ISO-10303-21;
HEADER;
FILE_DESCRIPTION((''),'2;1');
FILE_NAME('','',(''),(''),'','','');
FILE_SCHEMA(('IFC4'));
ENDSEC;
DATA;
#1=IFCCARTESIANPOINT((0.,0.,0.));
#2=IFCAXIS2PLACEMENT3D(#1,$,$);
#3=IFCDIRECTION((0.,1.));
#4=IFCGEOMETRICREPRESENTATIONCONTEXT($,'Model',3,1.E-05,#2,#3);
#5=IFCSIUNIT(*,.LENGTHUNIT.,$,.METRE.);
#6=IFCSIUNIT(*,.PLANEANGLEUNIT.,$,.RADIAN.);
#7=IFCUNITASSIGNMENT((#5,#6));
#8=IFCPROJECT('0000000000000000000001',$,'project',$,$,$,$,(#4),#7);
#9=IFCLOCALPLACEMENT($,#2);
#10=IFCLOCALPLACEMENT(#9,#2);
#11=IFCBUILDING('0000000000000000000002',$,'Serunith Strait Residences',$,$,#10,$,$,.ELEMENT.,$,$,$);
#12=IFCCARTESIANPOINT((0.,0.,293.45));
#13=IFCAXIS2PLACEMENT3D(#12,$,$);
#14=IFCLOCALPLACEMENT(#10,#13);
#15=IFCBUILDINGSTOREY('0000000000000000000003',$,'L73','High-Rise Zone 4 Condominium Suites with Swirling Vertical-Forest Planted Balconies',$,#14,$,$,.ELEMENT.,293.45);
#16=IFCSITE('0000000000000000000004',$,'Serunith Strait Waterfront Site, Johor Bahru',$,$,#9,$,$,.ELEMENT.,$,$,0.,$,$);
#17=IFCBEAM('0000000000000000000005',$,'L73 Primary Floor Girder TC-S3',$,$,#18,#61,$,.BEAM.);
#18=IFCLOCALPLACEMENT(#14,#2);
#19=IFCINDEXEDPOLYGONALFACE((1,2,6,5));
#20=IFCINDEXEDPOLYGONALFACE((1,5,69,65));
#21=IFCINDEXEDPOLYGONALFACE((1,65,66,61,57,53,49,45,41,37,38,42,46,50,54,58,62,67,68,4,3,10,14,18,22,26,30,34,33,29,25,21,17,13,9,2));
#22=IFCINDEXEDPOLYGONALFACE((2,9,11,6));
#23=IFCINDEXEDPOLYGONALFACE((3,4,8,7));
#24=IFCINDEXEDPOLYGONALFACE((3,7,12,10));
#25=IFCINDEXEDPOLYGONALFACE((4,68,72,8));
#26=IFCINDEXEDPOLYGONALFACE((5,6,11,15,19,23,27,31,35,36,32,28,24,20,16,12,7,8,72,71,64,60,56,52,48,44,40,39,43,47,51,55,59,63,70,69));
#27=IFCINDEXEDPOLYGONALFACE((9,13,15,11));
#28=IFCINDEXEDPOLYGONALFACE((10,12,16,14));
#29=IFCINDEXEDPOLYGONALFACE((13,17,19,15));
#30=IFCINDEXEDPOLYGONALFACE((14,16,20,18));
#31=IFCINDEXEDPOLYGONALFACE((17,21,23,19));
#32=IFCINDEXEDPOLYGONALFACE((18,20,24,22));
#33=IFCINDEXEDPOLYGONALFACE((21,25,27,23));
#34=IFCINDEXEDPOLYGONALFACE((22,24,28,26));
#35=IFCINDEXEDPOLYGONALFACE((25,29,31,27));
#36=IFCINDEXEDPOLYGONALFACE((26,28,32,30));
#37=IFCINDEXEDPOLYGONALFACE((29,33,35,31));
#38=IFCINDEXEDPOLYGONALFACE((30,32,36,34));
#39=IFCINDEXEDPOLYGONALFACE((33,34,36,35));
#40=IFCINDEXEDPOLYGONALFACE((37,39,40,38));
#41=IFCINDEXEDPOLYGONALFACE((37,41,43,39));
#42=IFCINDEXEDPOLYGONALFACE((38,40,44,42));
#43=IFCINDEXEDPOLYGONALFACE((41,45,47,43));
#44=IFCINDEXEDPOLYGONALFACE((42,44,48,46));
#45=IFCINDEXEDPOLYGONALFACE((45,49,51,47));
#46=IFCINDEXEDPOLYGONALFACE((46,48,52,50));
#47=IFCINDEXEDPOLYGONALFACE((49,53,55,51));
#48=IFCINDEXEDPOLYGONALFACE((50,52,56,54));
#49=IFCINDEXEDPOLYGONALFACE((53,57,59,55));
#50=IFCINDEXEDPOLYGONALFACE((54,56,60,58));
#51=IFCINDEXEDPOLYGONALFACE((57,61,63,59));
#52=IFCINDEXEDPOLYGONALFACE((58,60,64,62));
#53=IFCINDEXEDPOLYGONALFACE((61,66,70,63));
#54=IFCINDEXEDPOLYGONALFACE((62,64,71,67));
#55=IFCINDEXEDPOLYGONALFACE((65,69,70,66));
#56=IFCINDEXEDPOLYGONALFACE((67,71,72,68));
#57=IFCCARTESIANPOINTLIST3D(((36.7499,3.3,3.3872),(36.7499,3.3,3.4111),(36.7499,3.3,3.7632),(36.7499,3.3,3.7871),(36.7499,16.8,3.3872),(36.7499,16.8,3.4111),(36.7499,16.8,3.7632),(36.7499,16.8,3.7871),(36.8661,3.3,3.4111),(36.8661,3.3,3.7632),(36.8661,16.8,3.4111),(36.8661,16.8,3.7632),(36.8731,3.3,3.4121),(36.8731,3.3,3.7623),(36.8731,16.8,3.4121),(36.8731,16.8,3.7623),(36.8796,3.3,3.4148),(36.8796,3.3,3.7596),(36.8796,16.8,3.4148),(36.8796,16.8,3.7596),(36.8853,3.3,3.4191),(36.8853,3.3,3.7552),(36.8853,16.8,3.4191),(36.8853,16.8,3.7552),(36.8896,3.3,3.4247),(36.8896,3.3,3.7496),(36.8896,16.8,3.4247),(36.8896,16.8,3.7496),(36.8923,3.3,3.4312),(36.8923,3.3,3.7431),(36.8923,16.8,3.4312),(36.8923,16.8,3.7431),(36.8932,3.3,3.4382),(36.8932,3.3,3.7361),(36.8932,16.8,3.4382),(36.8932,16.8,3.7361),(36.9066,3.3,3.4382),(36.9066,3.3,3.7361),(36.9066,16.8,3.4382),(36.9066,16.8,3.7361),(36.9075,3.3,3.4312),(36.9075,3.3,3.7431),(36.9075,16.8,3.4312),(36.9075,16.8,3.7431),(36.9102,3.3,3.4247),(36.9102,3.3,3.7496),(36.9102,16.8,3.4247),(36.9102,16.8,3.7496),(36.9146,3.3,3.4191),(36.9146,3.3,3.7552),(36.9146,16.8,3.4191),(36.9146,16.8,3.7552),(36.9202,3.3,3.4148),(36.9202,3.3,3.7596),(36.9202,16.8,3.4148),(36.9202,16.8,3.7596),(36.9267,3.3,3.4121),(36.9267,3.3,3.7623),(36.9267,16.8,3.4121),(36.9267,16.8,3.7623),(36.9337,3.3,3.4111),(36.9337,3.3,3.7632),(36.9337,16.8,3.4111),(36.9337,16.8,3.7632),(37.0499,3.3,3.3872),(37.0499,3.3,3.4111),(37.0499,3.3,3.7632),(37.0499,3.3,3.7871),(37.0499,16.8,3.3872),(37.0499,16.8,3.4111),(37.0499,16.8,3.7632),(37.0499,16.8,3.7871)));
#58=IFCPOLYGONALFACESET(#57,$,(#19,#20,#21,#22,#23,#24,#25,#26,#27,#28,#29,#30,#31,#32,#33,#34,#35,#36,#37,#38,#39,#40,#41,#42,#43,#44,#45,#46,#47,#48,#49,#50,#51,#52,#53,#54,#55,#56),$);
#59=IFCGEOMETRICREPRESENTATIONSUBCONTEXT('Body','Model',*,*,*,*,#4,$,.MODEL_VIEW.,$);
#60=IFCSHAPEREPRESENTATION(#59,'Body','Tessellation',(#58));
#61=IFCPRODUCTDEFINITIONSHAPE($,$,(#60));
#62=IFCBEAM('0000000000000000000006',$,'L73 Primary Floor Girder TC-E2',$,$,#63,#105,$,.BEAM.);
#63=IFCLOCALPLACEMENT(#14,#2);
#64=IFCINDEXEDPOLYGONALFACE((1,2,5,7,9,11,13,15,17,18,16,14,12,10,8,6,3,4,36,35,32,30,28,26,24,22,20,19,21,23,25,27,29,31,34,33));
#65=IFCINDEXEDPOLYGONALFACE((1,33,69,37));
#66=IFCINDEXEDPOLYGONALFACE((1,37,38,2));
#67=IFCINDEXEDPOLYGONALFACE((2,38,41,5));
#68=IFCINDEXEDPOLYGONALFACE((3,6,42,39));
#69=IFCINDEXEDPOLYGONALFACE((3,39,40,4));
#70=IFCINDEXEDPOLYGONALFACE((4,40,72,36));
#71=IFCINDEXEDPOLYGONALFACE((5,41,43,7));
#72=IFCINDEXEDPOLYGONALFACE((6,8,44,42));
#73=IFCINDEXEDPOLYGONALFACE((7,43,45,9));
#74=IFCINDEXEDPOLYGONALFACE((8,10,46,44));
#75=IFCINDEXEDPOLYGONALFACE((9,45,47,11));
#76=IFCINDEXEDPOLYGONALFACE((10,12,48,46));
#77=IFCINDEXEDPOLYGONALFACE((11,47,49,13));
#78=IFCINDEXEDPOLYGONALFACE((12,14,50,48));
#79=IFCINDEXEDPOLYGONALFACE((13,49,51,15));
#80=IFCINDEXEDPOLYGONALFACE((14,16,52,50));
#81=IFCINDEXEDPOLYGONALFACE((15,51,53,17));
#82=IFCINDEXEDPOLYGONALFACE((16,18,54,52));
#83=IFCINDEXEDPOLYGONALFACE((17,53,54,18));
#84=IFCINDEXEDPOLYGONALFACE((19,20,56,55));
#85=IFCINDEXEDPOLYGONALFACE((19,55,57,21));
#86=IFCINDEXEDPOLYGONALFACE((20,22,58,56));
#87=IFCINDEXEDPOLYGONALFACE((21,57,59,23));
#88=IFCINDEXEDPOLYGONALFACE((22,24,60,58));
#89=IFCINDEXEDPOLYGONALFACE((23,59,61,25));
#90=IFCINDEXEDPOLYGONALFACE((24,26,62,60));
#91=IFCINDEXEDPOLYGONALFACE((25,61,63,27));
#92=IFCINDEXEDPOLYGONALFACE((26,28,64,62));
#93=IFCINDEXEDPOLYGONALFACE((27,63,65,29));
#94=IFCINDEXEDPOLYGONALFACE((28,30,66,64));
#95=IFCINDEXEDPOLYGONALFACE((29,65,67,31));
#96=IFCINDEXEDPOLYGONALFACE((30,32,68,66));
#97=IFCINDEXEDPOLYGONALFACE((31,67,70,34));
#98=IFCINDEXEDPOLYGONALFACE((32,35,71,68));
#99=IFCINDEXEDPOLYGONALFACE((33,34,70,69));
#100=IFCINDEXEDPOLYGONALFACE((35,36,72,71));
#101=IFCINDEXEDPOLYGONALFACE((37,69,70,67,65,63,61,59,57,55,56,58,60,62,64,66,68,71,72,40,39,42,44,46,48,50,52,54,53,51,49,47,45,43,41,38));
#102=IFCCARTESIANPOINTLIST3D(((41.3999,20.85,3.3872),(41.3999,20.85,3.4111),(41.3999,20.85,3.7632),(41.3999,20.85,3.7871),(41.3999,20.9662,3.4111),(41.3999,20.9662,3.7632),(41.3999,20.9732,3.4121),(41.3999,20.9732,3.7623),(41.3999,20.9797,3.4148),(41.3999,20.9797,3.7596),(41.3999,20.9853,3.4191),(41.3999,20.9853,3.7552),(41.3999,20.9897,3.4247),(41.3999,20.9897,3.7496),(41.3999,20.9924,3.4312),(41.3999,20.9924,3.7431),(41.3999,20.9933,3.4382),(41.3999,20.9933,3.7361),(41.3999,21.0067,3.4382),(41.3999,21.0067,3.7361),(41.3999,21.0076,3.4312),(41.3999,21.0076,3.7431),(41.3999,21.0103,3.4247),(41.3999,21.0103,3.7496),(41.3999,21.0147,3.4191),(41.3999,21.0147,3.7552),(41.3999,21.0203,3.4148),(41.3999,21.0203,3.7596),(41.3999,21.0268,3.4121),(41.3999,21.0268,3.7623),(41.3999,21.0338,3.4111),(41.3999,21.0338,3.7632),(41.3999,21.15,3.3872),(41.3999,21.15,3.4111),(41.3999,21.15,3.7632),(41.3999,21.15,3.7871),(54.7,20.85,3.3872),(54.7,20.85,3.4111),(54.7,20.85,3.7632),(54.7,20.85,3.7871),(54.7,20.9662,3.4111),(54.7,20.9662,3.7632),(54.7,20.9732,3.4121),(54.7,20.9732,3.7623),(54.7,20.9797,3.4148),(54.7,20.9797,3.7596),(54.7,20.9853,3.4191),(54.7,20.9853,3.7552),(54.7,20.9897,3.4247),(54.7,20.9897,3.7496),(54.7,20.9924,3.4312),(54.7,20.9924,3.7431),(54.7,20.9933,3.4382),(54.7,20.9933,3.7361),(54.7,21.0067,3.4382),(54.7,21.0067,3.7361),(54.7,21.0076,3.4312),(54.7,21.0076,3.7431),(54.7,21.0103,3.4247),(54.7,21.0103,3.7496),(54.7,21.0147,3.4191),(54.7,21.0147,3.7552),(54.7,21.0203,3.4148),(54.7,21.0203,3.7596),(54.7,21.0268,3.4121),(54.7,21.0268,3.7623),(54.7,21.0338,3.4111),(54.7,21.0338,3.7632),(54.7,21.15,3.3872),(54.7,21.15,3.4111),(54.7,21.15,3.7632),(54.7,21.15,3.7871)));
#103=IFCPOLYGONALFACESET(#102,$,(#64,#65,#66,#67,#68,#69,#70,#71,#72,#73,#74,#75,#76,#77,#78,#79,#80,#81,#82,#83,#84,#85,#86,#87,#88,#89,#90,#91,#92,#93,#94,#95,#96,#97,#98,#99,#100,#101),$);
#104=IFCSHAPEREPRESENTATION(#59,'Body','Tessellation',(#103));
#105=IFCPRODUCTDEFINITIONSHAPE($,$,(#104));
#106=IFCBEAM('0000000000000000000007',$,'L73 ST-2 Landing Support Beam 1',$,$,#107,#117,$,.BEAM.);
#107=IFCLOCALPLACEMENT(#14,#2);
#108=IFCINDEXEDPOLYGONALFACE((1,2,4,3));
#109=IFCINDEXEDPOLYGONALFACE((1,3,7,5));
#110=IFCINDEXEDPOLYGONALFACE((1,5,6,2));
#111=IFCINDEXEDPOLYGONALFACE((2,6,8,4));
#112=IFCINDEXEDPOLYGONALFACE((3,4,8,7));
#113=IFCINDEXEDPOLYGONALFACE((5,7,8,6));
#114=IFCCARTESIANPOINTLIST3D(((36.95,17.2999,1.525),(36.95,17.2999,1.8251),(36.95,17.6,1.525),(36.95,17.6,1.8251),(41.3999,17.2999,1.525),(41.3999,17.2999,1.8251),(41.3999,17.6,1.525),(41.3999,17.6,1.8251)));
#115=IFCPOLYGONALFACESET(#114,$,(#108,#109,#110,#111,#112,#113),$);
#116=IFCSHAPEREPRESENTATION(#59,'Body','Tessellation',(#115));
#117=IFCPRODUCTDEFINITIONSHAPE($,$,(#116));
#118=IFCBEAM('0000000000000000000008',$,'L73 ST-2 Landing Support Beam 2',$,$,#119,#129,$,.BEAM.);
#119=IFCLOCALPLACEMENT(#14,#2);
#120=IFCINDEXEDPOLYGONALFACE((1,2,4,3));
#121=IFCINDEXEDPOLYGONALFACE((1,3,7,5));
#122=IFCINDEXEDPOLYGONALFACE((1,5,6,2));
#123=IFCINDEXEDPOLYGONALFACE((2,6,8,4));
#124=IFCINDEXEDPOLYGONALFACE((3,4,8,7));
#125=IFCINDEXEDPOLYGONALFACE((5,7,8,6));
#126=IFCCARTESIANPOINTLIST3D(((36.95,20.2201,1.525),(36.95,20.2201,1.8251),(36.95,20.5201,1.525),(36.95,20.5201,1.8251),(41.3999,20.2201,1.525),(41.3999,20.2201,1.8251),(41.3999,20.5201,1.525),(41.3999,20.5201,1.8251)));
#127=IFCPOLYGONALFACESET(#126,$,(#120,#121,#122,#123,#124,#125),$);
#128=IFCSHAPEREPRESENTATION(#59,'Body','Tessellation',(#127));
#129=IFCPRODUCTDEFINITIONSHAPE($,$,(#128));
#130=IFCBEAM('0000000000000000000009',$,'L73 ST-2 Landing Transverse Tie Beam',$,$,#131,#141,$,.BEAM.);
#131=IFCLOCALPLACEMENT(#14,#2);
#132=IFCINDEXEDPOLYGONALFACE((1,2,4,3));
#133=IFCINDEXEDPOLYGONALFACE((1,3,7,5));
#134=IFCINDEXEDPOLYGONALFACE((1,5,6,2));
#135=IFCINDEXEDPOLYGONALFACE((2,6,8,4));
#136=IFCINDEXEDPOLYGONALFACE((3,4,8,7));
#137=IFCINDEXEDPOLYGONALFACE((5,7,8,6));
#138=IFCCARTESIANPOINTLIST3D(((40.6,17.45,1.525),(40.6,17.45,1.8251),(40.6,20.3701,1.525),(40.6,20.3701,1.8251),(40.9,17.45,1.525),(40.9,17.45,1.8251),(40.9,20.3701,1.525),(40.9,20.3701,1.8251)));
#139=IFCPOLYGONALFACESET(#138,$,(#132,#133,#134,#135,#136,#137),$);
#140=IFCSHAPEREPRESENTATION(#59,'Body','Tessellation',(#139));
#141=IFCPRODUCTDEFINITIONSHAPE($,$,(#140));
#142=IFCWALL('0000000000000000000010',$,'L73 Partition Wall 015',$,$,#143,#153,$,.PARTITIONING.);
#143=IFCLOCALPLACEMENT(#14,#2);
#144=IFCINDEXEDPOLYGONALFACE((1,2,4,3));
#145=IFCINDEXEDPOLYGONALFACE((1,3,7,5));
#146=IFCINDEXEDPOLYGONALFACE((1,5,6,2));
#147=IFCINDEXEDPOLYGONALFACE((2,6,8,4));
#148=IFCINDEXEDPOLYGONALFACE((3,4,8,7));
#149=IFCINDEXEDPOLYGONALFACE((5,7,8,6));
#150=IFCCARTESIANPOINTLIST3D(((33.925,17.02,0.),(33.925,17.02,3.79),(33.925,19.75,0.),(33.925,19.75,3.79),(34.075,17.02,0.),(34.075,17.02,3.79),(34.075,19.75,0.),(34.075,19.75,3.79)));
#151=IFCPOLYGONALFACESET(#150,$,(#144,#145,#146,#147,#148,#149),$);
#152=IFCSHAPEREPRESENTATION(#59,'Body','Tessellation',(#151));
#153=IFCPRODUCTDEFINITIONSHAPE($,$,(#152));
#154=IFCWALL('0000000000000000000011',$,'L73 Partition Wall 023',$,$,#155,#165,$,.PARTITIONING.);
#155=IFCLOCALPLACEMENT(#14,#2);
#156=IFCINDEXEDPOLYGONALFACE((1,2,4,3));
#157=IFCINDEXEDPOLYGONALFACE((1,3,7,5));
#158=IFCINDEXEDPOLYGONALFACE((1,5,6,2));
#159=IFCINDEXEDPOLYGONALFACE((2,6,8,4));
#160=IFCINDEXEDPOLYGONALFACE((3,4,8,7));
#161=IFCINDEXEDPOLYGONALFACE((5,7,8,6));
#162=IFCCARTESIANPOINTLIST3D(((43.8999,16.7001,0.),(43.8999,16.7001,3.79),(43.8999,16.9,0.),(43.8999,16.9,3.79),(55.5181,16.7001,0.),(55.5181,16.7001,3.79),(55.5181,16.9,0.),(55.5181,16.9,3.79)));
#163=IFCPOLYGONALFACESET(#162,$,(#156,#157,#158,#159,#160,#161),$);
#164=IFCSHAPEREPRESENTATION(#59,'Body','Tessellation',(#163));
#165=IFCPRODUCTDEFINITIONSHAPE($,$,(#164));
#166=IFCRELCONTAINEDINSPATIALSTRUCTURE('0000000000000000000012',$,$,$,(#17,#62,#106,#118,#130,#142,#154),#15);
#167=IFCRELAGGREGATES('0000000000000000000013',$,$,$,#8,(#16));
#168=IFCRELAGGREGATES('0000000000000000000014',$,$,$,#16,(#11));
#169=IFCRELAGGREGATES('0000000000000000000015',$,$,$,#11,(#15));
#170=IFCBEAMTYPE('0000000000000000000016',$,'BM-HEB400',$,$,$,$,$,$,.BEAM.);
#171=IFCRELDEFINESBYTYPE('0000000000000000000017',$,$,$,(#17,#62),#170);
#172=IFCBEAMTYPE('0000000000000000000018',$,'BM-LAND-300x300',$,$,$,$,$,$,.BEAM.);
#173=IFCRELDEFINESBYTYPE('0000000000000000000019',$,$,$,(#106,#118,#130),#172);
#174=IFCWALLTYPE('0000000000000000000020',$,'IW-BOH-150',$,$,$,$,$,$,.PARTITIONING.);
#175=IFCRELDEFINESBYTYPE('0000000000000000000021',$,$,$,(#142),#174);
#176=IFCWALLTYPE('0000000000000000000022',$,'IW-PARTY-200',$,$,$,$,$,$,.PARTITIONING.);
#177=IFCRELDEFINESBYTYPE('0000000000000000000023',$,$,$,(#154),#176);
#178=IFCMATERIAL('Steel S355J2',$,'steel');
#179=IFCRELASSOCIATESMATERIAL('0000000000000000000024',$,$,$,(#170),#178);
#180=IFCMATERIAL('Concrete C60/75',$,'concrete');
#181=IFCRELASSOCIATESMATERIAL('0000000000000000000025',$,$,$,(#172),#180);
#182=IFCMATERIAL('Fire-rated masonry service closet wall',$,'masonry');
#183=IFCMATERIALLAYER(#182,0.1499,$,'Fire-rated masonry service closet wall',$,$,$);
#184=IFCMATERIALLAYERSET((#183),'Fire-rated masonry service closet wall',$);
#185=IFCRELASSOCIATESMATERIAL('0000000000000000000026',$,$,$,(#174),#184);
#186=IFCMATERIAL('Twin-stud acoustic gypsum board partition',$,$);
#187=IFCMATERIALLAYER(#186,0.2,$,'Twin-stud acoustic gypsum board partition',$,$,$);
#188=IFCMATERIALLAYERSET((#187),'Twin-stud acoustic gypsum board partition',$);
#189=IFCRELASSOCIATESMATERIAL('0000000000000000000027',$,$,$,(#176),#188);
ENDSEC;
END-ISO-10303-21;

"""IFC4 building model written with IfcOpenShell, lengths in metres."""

from ifc_helpers import new_model, si_unit, direction, frame, frame_2d, origin, origin_2d, place, context, subcontext, project, spatial, rectangle, i_section, extrude, source, transform, mapped, material, layer, layer_set, material_profile, profile_set, type_object, element, save


model = new_model("IFC4")

# Units and contexts
model_context = context("Model", 3, precision=1e-05, world=origin(), true_north=direction((0.0, 1.0)))
body_context = subcontext(model_context, "Body", "Model", "MODEL_VIEW")
ifc_project = project(units=[si_unit("LENGTHUNIT", "METRE"), si_unit("PLANEANGLEUNIT", "RADIAN")], contexts=[model_context])

# Site, building, storey
site_placement = place(None, origin())
site = spatial("IfcSite", under=ifc_project, at=site_placement, Name="Serunith Strait Waterfront Site, Johor Bahru", CompositionType="ELEMENT", RefElevation=0.0)
building_placement = place(site_placement, origin())
building = spatial("IfcBuilding", under=site, at=building_placement, Name="Serunith Strait Residences", CompositionType="ELEMENT")
storey_placement = place(building_placement, frame((0.0, 0.0, 293.45)))
storey = spatial("IfcBuildingStorey", under=building, at=storey_placement, Name="L73", Description="High-Rise Zone 4 Condominium Suites with Swirling Vertical-Forest Planted Balconies", CompositionType="ELEMENT", Elevation=293.45)

# Beams
ifc_material_1 = material(Name="Steel S355J2", Category="steel")
ifc_material_profile_1 = material_profile(ifc_material_1, i_section(OverallWidth=0.3, OverallDepth=0.3999, WebThickness=0.0134, FlangeThickness=0.0239, FilletRadius=0.0271, at=origin_2d()), Name="HEB 400")
ifc_profile_set_1 = profile_set([ifc_material_profile_1], Name="Steel S355J2")
beam_type_1 = type_object("IfcBeamType", Name="BM-HEB400", PredefinedType="BEAM", material=ifc_profile_set_1)
shared_shape_1 = source(origin(), body_context, "Body", "SweptSolid", [
    extrude(i_section(OverallWidth=0.3, OverallDepth=0.3999, WebThickness=0.0134, FlangeThickness=0.0239, FilletRadius=0.0271, at=origin_2d()), origin(), (0.0, 0.0, 1.0), 13.5),
])
beam_1_placement = place(storey_placement, frame((36.8999, 16.8, 3.5872), z_axis=(0.0, -1.0, 0.0), x_axis=(1.0, 0.0, 0.0)))
element("IfcBeam", 1, at=beam_1_placement, inside=storey, type_object=beam_type_1, Name="L73 Primary Floor Girder TC-S3", PredefinedType="BEAM", context=body_context, shape_type="MappedRepresentation", body=[
    mapped(shared_shape_1, transform((0.0, 0.0, 0.0), scale=1.0)),
])
shared_shape_2 = source(origin(), body_context, "Body", "SweptSolid", [
    extrude(i_section(OverallWidth=0.3, OverallDepth=0.3999, WebThickness=0.0134, FlangeThickness=0.0239, FilletRadius=0.0271, at=origin_2d()), origin(), (0.0, 0.0, 1.0), 13.3),
])
beam_2_placement = place(storey_placement, frame((41.3999, 21.0, 3.5872), z_axis=(1.0, 0.0, 0.0), x_axis=(0.0, 1.0, 0.0)))
element("IfcBeam", 2, at=beam_2_placement, inside=storey, type_object=beam_type_1, Name="L73 Primary Floor Girder TC-E2", PredefinedType="BEAM", context=body_context, shape_type="MappedRepresentation", body=[
    mapped(shared_shape_2, transform((0.0, 0.0, 0.0), scale=1.0)),
])
ifc_material_2 = material(Name="Concrete C60/75", Category="concrete")
ifc_material_profile_2 = material_profile(ifc_material_2, rectangle(XDim=0.3, YDim=0.3, at=origin_2d()), Name="RC 300x300")
ifc_profile_set_2 = profile_set([ifc_material_profile_2], Name="Concrete C60/75")
beam_type_2 = type_object("IfcBeamType", Name="BM-LAND-300x300", PredefinedType="BEAM", material=ifc_profile_set_2)
shared_shape_3 = source(origin(), body_context, "Body", "SweptSolid", [
    extrude(rectangle(XDim=0.3, YDim=0.3, at=origin_2d()), origin(), (0.0, 0.0, 1.0), 4.45),
])
for number, where, z_axis, x_axis, name in (
    (3, (36.95, 17.45, 1.675), (1.0, 0.0, 0.0), (0.0, 1.0, 0.0), "L73 ST-2 Landing Support Beam 1"),
    (4, (36.95, 20.3701, 1.675), (1.0, 0.0, 0.0), (0.0, 1.0, 0.0), "L73 ST-2 Landing Support Beam 2"),
):
    element("IfcBeam", number, at=place(storey_placement, frame(where, z_axis=z_axis, x_axis=x_axis)), inside=storey, type_object=beam_type_2, Name=name, PredefinedType="BEAM", context=body_context, shape_type="MappedRepresentation", body=[
        mapped(shared_shape_3, transform((0.0, 0.0, 0.0), scale=1.0)),
    ])
shared_shape_4 = source(origin(), body_context, "Body", "SweptSolid", [
    extrude(rectangle(XDim=0.3, YDim=0.3, at=origin_2d()), origin(), (0.0, 0.0, 1.0), 2.9202),
])
beam_3_placement = place(storey_placement, frame((40.75, 17.45, 1.675), z_axis=(0.0, 1.0, 0.0), x_axis=(-1.0, 0.0, 0.0)))
element("IfcBeam", 5, at=beam_3_placement, inside=storey, type_object=beam_type_2, Name="L73 ST-2 Landing Transverse Tie Beam", PredefinedType="BEAM", context=body_context, shape_type="MappedRepresentation", body=[
    mapped(shared_shape_4, transform((0.0, 0.0, 0.0), scale=1.0)),
])

# Wall
ifc_material_3 = material(Name="Fire-rated masonry service closet wall", Category="masonry")
ifc_layer_1 = layer(ifc_material_3, 0.1499, Name="Fire-rated masonry service closet wall")
ifc_layer_set_1 = layer_set([ifc_layer_1], Name="Fire-rated masonry service closet wall")
wall_type_1 = type_object("IfcWallType", Name="IW-BOH-150", PredefinedType="PARTITIONING", material=ifc_layer_set_1)
wall_1_placement = place(storey_placement, frame((34.0, 17.02, 0.0), z_axis=(0.0, 0.0, 1.0), x_axis=(0.0, 1.0, 0.0)))
element("IfcWall", 6, at=wall_1_placement, inside=storey, type_object=wall_type_1, Name="L73 Partition Wall 015", PredefinedType="PARTITIONING", context=body_context, shape_type="SweptSolid", body=[
    extrude(rectangle(XDim=2.73, YDim=0.1499, at=frame_2d((1.365, 0.0))), origin(), (0.0, 0.0, 1.0), 3.79),
])

# Wall
ifc_material_4 = material(Name="Twin-stud acoustic gypsum board partition")
ifc_layer_2 = layer(ifc_material_4, 0.2, Name="Twin-stud acoustic gypsum board partition")
ifc_layer_set_2 = layer_set([ifc_layer_2], Name="Twin-stud acoustic gypsum board partition")
wall_type_2 = type_object("IfcWallType", Name="IW-PARTY-200", PredefinedType="PARTITIONING", material=ifc_layer_set_2)
wall_2_placement = place(storey_placement, frame((43.8999, 16.8, 0.0), z_axis=(0.0, 0.0, 1.0), x_axis=(1.0, 0.0, 0.0)))
element("IfcWall", 7, at=wall_2_placement, inside=storey, type_object=wall_type_2, Name="L73 Partition Wall 023", PredefinedType="PARTITIONING", context=body_context, shape_type="SweptSolid", body=[
    extrude(rectangle(XDim=11.6182, YDim=0.2, at=frame_2d((5.8091, 0.0))), origin(), (0.0, 0.0, 1.0), 3.79),
])

save(model, "model.ifc")
